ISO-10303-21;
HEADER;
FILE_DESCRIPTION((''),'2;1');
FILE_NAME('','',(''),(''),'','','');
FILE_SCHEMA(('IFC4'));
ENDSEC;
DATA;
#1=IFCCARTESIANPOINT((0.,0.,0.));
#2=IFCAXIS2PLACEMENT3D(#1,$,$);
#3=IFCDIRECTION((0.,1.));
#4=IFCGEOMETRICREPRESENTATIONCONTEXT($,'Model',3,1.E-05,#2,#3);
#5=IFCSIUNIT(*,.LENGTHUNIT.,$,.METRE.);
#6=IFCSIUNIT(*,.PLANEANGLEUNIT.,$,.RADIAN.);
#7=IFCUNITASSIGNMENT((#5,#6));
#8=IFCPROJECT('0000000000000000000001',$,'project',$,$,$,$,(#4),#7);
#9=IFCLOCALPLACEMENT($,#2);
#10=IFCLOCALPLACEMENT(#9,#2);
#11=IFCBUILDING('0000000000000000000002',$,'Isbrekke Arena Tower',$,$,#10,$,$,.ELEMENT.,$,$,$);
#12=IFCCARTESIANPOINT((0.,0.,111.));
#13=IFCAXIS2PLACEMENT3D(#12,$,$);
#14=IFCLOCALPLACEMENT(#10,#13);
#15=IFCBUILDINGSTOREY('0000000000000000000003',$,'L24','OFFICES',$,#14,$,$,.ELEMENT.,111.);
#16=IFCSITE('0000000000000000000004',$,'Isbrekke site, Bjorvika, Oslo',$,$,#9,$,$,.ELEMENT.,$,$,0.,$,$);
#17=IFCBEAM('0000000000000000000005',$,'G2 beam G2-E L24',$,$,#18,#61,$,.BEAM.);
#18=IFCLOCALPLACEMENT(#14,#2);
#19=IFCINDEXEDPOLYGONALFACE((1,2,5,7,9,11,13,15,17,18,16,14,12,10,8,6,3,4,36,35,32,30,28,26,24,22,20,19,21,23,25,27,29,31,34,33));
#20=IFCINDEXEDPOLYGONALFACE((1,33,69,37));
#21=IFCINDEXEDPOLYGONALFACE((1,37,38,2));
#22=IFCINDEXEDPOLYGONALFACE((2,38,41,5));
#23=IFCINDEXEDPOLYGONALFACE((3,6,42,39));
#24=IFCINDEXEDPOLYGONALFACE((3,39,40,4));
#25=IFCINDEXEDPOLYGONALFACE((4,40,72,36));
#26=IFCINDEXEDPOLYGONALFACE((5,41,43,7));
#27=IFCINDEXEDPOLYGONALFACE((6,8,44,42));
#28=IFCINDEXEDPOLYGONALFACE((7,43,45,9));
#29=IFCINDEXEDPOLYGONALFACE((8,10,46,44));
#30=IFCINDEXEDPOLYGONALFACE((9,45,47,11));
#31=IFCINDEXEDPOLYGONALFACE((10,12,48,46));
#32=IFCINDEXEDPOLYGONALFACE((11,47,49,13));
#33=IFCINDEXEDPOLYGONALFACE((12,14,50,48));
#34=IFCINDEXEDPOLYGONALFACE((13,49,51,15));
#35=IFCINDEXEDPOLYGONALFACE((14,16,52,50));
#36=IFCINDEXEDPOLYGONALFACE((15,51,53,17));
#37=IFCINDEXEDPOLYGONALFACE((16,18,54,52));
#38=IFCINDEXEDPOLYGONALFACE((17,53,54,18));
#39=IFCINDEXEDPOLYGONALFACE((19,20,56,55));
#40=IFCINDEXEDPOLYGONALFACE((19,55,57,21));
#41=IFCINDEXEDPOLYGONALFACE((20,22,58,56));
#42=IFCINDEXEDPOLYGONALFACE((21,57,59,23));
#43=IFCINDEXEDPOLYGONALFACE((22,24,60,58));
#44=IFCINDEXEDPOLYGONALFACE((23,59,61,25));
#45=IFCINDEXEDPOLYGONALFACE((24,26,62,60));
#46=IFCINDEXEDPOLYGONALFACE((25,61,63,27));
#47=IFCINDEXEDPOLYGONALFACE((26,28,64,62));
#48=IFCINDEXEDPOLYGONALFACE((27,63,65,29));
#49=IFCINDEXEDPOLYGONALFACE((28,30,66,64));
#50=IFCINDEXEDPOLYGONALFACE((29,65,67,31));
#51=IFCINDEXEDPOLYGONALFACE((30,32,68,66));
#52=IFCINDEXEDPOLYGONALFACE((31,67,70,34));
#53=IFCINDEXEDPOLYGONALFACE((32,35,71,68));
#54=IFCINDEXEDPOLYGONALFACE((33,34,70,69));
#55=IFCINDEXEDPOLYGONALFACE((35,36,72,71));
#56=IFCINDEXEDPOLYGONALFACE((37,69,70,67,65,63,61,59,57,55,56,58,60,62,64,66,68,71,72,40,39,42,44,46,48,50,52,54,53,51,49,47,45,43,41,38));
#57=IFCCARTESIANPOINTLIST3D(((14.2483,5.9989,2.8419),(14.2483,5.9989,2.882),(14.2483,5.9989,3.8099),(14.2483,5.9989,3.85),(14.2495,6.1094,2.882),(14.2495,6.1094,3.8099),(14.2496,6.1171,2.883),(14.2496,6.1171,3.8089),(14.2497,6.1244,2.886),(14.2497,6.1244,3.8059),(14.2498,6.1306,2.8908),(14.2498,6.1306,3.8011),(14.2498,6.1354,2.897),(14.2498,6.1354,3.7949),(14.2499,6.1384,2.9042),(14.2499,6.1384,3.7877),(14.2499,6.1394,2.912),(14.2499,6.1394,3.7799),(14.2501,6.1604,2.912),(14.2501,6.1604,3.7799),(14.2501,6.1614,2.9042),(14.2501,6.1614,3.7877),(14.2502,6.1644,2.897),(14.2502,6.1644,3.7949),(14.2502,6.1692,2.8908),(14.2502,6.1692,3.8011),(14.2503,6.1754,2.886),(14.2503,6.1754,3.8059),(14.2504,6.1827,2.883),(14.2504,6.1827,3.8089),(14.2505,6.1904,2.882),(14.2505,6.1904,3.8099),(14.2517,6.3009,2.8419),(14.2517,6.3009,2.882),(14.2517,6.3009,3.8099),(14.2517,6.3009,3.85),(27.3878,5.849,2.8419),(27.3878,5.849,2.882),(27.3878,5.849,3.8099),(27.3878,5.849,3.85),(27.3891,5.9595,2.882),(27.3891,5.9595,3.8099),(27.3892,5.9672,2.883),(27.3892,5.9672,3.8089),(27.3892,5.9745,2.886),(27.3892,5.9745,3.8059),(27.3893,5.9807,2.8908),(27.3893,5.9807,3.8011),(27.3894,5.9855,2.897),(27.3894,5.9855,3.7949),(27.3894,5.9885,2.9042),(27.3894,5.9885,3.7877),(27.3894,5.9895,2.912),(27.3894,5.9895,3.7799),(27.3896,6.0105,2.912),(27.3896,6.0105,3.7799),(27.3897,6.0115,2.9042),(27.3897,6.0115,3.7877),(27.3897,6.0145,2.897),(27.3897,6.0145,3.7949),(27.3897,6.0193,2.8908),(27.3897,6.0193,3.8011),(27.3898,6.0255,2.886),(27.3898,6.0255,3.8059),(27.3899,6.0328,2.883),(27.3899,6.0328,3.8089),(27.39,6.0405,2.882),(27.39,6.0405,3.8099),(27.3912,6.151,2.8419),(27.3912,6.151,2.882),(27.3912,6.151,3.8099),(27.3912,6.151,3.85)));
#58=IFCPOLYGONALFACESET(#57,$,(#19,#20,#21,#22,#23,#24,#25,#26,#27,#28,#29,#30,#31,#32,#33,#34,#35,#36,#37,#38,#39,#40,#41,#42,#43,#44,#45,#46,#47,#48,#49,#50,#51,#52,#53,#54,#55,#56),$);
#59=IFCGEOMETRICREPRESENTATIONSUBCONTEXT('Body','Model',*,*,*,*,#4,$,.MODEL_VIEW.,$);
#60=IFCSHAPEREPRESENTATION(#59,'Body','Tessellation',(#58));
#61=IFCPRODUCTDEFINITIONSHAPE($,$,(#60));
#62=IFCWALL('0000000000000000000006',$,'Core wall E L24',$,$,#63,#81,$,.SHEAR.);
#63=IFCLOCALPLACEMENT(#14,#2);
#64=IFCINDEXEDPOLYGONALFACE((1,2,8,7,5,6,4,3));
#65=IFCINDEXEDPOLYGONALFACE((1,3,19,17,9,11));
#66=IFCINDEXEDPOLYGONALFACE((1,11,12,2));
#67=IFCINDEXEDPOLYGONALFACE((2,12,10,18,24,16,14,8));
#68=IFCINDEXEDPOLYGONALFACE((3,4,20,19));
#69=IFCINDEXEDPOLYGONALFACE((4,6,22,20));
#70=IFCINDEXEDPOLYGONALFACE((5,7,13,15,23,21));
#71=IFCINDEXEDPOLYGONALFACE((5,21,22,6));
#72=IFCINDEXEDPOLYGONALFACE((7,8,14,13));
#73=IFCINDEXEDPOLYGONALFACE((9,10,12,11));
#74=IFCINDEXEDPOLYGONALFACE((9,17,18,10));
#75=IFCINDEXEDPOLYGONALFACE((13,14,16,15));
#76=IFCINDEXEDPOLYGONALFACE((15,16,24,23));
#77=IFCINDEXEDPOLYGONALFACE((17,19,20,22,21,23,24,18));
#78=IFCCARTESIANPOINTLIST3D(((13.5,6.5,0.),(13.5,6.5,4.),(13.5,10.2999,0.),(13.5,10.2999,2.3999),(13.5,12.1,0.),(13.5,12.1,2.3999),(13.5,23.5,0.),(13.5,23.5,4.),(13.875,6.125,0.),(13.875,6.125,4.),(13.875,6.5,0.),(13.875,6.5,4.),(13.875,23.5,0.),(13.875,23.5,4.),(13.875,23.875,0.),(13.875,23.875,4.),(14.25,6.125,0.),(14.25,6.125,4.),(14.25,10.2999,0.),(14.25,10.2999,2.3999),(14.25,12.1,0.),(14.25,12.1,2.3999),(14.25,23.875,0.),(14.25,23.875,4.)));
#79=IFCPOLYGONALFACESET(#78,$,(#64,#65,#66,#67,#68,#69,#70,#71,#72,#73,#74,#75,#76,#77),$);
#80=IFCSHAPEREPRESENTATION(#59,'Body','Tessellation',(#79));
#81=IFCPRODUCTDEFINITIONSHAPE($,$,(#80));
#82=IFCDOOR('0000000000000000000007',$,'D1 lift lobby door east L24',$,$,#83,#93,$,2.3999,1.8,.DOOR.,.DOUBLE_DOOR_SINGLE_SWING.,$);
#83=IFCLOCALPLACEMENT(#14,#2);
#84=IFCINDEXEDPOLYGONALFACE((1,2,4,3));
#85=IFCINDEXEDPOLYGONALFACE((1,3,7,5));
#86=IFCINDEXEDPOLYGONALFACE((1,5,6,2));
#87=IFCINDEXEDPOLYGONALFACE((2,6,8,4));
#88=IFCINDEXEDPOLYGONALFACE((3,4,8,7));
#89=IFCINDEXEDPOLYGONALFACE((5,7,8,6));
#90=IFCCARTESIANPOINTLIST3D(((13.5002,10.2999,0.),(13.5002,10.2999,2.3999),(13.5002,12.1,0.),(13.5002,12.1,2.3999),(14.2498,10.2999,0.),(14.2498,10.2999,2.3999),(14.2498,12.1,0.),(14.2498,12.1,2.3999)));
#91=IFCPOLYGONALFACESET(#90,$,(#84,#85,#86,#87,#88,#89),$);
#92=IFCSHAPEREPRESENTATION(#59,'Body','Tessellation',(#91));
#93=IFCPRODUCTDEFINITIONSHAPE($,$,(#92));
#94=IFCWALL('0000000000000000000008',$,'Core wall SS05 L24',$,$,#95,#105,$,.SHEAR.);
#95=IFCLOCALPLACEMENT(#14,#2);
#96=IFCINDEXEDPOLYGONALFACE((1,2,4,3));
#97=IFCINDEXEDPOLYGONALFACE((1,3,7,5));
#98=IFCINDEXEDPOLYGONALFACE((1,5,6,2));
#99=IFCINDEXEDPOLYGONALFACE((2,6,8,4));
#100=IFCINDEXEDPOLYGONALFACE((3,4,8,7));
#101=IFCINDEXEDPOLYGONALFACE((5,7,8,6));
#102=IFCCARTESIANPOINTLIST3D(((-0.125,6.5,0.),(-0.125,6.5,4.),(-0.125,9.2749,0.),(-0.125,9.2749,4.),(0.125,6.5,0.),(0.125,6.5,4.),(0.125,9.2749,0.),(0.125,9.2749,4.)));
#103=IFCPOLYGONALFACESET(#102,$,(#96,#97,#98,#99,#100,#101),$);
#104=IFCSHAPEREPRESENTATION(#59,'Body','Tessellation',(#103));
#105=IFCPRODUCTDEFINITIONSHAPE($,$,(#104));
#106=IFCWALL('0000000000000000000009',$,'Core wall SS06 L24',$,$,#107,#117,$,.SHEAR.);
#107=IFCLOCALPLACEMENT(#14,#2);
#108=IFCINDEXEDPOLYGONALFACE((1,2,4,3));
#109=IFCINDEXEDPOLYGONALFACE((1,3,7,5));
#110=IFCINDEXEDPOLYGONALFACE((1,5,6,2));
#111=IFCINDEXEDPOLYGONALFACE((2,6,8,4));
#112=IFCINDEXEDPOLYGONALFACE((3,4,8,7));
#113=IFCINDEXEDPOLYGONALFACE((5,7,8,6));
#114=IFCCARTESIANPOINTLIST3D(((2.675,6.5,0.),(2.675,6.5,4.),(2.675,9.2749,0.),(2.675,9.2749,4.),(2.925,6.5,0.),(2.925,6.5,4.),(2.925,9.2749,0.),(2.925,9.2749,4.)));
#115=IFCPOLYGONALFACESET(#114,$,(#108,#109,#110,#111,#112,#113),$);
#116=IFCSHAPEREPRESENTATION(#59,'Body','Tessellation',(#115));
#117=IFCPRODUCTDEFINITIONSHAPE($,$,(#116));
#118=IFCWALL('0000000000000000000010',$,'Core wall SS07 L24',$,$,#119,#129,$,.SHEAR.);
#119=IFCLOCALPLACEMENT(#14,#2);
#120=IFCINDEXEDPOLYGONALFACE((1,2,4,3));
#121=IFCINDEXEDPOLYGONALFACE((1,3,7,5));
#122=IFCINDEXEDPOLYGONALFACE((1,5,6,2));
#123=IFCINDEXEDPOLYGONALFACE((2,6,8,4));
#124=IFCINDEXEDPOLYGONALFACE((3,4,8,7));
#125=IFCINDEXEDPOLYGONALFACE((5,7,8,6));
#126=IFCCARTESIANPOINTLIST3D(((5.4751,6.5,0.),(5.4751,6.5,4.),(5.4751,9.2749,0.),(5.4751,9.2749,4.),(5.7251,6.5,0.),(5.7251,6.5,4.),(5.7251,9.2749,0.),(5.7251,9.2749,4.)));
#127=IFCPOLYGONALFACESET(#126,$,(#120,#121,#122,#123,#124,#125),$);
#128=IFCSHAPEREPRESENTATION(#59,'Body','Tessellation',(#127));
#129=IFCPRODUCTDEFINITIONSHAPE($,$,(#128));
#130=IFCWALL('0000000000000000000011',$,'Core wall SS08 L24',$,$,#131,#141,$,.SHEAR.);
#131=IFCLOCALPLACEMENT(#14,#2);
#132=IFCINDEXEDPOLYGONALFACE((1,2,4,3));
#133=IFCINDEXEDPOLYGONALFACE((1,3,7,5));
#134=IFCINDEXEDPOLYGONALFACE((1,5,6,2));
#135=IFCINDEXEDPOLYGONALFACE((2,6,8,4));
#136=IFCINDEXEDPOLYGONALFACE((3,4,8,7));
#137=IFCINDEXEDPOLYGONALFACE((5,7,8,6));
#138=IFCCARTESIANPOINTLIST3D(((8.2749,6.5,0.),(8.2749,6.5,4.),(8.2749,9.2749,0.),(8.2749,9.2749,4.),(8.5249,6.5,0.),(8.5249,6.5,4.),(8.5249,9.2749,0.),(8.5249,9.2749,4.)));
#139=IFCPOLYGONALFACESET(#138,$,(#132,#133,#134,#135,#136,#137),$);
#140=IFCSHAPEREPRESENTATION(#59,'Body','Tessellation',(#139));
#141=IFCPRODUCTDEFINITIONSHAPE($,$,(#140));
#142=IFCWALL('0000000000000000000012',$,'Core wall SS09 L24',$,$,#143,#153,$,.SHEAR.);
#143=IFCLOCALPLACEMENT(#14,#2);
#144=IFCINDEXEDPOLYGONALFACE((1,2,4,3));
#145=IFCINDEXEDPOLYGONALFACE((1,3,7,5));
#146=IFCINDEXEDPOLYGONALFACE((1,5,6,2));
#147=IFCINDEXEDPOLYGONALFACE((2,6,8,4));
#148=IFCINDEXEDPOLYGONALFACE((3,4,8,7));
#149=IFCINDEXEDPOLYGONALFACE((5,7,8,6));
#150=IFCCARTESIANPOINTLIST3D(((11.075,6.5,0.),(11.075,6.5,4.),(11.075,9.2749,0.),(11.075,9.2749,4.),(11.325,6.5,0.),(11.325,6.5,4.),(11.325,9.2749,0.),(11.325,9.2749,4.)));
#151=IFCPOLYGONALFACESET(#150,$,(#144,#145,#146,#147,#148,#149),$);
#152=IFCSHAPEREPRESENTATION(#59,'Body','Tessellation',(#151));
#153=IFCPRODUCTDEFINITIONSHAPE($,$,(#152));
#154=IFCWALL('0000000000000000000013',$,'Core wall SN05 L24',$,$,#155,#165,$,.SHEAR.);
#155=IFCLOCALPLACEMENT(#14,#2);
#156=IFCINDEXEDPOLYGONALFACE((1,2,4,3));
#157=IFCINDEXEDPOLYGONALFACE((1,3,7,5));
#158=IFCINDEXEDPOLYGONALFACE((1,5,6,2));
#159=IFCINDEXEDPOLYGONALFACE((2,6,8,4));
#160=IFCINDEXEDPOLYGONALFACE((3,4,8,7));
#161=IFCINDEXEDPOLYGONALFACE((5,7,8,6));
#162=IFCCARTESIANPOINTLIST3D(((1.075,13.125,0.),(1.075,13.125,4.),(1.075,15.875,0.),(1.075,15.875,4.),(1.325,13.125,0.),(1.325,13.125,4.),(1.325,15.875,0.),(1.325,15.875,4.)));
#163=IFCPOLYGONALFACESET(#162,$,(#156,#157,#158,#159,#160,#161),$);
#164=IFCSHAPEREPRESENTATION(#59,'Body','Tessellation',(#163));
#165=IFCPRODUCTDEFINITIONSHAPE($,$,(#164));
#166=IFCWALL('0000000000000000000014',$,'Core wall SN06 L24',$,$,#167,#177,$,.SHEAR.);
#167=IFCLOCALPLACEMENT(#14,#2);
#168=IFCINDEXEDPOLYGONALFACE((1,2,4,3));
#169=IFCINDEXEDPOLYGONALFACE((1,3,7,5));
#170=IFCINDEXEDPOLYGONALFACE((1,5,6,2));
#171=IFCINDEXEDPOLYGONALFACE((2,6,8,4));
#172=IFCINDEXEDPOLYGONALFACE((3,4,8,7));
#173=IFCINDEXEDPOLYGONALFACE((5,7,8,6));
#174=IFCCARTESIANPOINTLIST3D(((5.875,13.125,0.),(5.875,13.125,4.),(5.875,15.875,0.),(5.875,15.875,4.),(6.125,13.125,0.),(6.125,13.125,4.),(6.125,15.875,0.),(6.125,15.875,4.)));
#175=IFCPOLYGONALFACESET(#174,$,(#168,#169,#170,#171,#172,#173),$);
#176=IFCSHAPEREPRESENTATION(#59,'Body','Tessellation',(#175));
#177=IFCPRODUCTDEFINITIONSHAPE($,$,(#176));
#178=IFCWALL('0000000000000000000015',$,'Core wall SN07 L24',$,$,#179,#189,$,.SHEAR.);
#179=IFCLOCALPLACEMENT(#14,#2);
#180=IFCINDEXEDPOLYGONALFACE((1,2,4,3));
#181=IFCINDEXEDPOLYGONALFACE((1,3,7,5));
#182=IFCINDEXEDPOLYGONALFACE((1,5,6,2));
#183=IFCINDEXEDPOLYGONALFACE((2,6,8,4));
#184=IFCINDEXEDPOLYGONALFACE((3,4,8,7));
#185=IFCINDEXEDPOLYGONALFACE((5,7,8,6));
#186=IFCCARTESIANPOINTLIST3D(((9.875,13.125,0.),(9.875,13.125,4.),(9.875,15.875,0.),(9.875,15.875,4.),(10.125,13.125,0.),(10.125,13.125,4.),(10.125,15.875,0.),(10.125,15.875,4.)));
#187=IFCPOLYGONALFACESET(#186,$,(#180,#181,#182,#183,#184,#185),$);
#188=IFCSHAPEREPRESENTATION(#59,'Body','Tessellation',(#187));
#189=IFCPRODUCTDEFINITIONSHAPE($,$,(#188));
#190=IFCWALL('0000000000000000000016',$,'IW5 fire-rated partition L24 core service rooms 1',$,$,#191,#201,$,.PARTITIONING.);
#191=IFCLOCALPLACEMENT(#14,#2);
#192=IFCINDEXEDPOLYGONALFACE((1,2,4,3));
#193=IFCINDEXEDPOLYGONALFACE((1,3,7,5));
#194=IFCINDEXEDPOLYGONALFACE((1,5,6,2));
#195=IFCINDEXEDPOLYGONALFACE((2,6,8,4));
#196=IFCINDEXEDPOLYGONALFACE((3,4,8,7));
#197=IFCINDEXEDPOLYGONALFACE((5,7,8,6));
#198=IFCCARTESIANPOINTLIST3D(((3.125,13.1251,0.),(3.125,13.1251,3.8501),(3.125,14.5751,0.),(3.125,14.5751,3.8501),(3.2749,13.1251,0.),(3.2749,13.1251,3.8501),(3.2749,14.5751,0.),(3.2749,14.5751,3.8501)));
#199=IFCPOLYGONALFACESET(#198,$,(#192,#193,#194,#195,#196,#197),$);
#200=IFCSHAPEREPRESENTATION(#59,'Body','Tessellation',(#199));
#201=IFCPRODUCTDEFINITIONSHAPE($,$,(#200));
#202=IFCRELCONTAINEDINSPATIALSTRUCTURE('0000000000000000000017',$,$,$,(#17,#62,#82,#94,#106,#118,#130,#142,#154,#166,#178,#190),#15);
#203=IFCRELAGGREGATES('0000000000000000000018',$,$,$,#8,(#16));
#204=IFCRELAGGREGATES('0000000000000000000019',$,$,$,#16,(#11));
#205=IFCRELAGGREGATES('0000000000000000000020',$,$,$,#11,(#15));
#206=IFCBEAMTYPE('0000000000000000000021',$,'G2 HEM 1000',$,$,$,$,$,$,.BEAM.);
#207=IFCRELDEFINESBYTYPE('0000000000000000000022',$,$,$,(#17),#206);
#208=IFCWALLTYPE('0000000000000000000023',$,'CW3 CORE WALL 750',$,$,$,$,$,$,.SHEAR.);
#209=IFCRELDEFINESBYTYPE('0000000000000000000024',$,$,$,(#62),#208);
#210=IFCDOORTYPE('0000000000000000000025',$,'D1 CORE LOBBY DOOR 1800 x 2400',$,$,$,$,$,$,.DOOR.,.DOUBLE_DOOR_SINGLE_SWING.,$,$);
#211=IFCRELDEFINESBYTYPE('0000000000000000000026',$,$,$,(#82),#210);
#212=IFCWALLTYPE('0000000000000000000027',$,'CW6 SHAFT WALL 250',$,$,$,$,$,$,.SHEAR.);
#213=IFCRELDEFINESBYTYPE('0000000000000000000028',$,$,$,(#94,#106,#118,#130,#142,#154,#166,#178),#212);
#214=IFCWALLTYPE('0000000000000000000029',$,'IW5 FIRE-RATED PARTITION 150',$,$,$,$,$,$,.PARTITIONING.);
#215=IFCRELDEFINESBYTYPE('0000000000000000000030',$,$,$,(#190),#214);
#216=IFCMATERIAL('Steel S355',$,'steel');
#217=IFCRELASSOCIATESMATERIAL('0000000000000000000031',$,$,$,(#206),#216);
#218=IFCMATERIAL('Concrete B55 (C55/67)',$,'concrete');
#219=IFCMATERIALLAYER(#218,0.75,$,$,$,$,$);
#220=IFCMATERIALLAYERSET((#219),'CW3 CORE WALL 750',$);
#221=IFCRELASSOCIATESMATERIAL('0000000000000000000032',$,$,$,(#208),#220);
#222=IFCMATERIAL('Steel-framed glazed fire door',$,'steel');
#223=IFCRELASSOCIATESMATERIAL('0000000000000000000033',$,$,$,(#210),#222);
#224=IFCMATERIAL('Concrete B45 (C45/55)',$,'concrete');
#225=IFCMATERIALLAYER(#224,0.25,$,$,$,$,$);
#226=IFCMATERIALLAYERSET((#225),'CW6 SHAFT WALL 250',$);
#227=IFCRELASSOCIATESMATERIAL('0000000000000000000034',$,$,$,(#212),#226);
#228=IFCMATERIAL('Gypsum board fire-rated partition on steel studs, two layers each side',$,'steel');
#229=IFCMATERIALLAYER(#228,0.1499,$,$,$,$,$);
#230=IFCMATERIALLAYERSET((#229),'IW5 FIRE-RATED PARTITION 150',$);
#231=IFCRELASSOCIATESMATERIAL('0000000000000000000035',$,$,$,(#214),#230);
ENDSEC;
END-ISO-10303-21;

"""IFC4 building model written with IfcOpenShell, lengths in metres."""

from ifc_helpers import new_model, si_unit, direction, frame, frame_2d, origin, origin_2d, place, context, subcontext, project, spatial, polyline, rectangle, i_section, outline, extrude, material, layer, layer_set, material_profile, profile_set, type_object, element, fill, save


model = new_model("IFC4")

# Units and contexts
model_context = context("Model", 3, precision=1e-05, world=origin(), true_north=direction((0.0, 1.0)))
body_context = subcontext(model_context, "Body", "Model", "MODEL_VIEW")
ifc_project = project(units=[si_unit("LENGTHUNIT", "METRE"), si_unit("PLANEANGLEUNIT", "RADIAN")], contexts=[model_context])

# Site, building, storey
site_placement = place(None, origin())
site = spatial("IfcSite", under=ifc_project, at=site_placement, Name="Isbrekke site, Bjorvika, Oslo", CompositionType="ELEMENT", RefElevation=0.0)
building_placement = place(site_placement, origin())
building = spatial("IfcBuilding", under=site, at=building_placement, Name="Isbrekke Arena Tower", CompositionType="ELEMENT")
storey_placement = place(building_placement, frame((0.0, 0.0, 111.0)))
storey = spatial("IfcBuildingStorey", under=building, at=storey_placement, Name="L24", Description="OFFICES", CompositionType="ELEMENT", Elevation=111.0)

# Beam
ifc_material_1 = material(Name="Steel S355", Category="steel")
ifc_material_profile = material_profile(ifc_material_1, i_section(OverallWidth=0.302, OverallDepth=1.0081, WebThickness=0.021, FlangeThickness=0.04, FilletRadius=0.03, at=origin_2d()), Name="HEM 1000")
ifc_profile_set = profile_set([ifc_material_profile], Name="Steel S355")
beam_type = type_object("IfcBeamType", Name="G2 HEM 1000", PredefinedType="BEAM", material=ifc_profile_set)
beam_placement = place(storey_placement, frame((14.25, 6.1499, 3.3459), z_axis=(0.999935, -0.011408, 0.0), x_axis=(0.011408, 0.999935, 0.0)))
element("IfcBeam", 1, at=beam_placement, inside=storey, type_object=beam_type, Name="G2 beam G2-E L24", PredefinedType="BEAM", context=body_context, shape_type="SweptSolid", body=[
    extrude(i_section(OverallWidth=0.302, OverallDepth=1.0081, WebThickness=0.021, FlangeThickness=0.04, FilletRadius=0.03, at=origin_2d()), origin(), (0.0, 0.0, 1.0), 13.1404),
])

# Wall, opening, door
ifc_material_2 = material(Name="Concrete B55 (C55/67)", Category="concrete")
ifc_layer_1 = layer(ifc_material_2, 0.75)
ifc_layer_set_1 = layer_set([ifc_layer_1], Name="CW3 CORE WALL 750")
wall_type_1 = type_object("IfcWallType", Name="CW3 CORE WALL 750", PredefinedType="SHEAR", material=ifc_layer_set_1)
wall_1_placement = place(storey_placement, frame((13.875, 6.125, 0.0), z_axis=(0.0, 0.0, 1.0), x_axis=(0.0, 1.0, 0.0)))
wall_1 = element("IfcWall", 2, at=wall_1_placement, inside=storey, type_object=wall_type_1, Name="Core wall E L24", PredefinedType="SHEAR", context=body_context, shape_type="SweptSolid", body=[
    extrude(outline(polyline([(0.0, -0.375), (17.75, -0.375), (17.75, 0.0), (17.375, 0.0), (17.375, 0.375), (0.375, 0.375), (0.375, 0.0), (0.0, 0.0), (0.0, -0.375)])), origin(), (0.0, 0.0, 1.0), 4.0),
])
opening_placement = place(wall_1_placement, frame((4.175, 0.0, 0.0)))
opening = element("IfcOpeningElement", 3, at=opening_placement, cuts=wall_1, PredefinedType="OPENING", context=body_context, shape_type="SweptSolid", body=[
    extrude(rectangle(XDim=1.8, YDim=2.3999, at=frame_2d((0.8999, 1.2))), frame((0.0, 0.3899, 0.0), z_axis=(0.0, -1.0, 0.0), x_axis=(1.0, 0.0, 0.0)), (0.0, 0.0, 1.0), 0.7798),
])
ifc_material_3 = material(Name="Steel-framed glazed fire door", Category="steel")
door_type = type_object("IfcDoorType", Name="D1 CORE LOBBY DOOR 1800 x 2400", OperationType="DOUBLE_DOOR_SINGLE_SWING", PredefinedType="DOOR", material=ifc_material_3)
door_placement = place(opening_placement, origin())
door = element("IfcDoor", 4, at=door_placement, inside=storey, type_object=door_type, Name="D1 lift lobby door east L24", OperationType="DOUBLE_DOOR_SINGLE_SWING", OverallHeight=2.3999, OverallWidth=1.8, PredefinedType="DOOR", context=body_context, shape_type="SweptSolid", body=[
    extrude(rectangle(XDim=1.8, YDim=2.3999, at=frame_2d((0.8999, 1.2))), frame((0.0, 0.3748, 0.0), z_axis=(0.0, -1.0, 0.0), x_axis=(1.0, 0.0, 0.0)), (0.0, 0.0, 1.0), 0.7495),
])
fill(opening, door)

# Walls
ifc_material_4 = material(Name="Concrete B45 (C45/55)", Category="concrete")
ifc_layer_2 = layer(ifc_material_4, 0.25)
ifc_layer_set_2 = layer_set([ifc_layer_2], Name="CW6 SHAFT WALL 250")
wall_type_2 = type_object("IfcWallType", Name="CW6 SHAFT WALL 250", PredefinedType="SHEAR", material=ifc_layer_set_2)
for number, where, z_axis, x_axis, name in (
    (5, (0.0, 6.5, 0.0), (0.0, 0.0, 1.0), (0.0, 1.0, 0.0), "Core wall SS05 L24"),
    (6, (2.8, 6.5, 0.0), (0.0, 0.0, 1.0), (0.0, 1.0, 0.0), "Core wall SS06 L24"),
    (7, (5.6001, 6.5, 0.0), (0.0, 0.0, 1.0), (0.0, 1.0, 0.0), "Core wall SS07 L24"),
    (8, (8.3999, 6.5, 0.0), (0.0, 0.0, 1.0), (0.0, 1.0, 0.0), "Core wall SS08 L24"),
    (9, (11.2, 6.5, 0.0), (0.0, 0.0, 1.0), (0.0, 1.0, 0.0), "Core wall SS09 L24"),
):
    element("IfcWall", number, at=place(storey_placement, frame(where, z_axis=z_axis, x_axis=x_axis)), inside=storey, type_object=wall_type_2, Name=name, PredefinedType="SHEAR", context=body_context, shape_type="SweptSolid", body=[
        extrude(rectangle(XDim=2.7749, YDim=0.25, at=frame_2d((1.3875, 0.0))), origin(), (0.0, 0.0, 1.0), 4.0),
    ])
for number, where, z_axis, x_axis, name in (
    (10, (1.2, 13.125, 0.0), (0.0, 0.0, 1.0), (0.0, 1.0, 0.0), "Core wall SN05 L24"),
    (11, (6.0, 13.125, 0.0), (0.0, 0.0, 1.0), (0.0, 1.0, 0.0), "Core wall SN06 L24"),
    (12, (10.0, 13.125, 0.0), (0.0, 0.0, 1.0), (0.0, 1.0, 0.0), "Core wall SN07 L24"),
):
    element("IfcWall", number, at=place(storey_placement, frame(where, z_axis=z_axis, x_axis=x_axis)), inside=storey, type_object=wall_type_2, Name=name, PredefinedType="SHEAR", context=body_context, shape_type="SweptSolid", body=[
        extrude(rectangle(XDim=2.75, YDim=0.25, at=frame_2d((1.375, 0.0))), origin(), (0.0, 0.0, 1.0), 4.0),
    ])
ifc_material_5 = material(Name="Gypsum board fire-rated partition on steel studs, two layers each side", Category="steel")
ifc_layer_3 = layer(ifc_material_5, 0.1499)
ifc_layer_set_3 = layer_set([ifc_layer_3], Name="IW5 FIRE-RATED PARTITION 150")
wall_type_3 = type_object("IfcWallType", Name="IW5 FIRE-RATED PARTITION 150", PredefinedType="PARTITIONING", material=ifc_layer_set_3)
wall_2_placement = place(storey_placement, frame((3.2, 13.125, 0.0), z_axis=(0.0, 0.0, 1.0), x_axis=(0.0, 1.0, 0.0)))
element("IfcWall", 13, at=wall_2_placement, inside=storey, type_object=wall_type_3, Name="IW5 fire-rated partition L24 core service rooms 1", PredefinedType="PARTITIONING", context=body_context, shape_type="SweptSolid", body=[
    extrude(rectangle(XDim=1.45, YDim=0.1499, at=frame_2d((0.7251, 0.0))), origin(), (0.0, 0.0, 1.0), 3.8501),
])

save(model, "model.ifc")
